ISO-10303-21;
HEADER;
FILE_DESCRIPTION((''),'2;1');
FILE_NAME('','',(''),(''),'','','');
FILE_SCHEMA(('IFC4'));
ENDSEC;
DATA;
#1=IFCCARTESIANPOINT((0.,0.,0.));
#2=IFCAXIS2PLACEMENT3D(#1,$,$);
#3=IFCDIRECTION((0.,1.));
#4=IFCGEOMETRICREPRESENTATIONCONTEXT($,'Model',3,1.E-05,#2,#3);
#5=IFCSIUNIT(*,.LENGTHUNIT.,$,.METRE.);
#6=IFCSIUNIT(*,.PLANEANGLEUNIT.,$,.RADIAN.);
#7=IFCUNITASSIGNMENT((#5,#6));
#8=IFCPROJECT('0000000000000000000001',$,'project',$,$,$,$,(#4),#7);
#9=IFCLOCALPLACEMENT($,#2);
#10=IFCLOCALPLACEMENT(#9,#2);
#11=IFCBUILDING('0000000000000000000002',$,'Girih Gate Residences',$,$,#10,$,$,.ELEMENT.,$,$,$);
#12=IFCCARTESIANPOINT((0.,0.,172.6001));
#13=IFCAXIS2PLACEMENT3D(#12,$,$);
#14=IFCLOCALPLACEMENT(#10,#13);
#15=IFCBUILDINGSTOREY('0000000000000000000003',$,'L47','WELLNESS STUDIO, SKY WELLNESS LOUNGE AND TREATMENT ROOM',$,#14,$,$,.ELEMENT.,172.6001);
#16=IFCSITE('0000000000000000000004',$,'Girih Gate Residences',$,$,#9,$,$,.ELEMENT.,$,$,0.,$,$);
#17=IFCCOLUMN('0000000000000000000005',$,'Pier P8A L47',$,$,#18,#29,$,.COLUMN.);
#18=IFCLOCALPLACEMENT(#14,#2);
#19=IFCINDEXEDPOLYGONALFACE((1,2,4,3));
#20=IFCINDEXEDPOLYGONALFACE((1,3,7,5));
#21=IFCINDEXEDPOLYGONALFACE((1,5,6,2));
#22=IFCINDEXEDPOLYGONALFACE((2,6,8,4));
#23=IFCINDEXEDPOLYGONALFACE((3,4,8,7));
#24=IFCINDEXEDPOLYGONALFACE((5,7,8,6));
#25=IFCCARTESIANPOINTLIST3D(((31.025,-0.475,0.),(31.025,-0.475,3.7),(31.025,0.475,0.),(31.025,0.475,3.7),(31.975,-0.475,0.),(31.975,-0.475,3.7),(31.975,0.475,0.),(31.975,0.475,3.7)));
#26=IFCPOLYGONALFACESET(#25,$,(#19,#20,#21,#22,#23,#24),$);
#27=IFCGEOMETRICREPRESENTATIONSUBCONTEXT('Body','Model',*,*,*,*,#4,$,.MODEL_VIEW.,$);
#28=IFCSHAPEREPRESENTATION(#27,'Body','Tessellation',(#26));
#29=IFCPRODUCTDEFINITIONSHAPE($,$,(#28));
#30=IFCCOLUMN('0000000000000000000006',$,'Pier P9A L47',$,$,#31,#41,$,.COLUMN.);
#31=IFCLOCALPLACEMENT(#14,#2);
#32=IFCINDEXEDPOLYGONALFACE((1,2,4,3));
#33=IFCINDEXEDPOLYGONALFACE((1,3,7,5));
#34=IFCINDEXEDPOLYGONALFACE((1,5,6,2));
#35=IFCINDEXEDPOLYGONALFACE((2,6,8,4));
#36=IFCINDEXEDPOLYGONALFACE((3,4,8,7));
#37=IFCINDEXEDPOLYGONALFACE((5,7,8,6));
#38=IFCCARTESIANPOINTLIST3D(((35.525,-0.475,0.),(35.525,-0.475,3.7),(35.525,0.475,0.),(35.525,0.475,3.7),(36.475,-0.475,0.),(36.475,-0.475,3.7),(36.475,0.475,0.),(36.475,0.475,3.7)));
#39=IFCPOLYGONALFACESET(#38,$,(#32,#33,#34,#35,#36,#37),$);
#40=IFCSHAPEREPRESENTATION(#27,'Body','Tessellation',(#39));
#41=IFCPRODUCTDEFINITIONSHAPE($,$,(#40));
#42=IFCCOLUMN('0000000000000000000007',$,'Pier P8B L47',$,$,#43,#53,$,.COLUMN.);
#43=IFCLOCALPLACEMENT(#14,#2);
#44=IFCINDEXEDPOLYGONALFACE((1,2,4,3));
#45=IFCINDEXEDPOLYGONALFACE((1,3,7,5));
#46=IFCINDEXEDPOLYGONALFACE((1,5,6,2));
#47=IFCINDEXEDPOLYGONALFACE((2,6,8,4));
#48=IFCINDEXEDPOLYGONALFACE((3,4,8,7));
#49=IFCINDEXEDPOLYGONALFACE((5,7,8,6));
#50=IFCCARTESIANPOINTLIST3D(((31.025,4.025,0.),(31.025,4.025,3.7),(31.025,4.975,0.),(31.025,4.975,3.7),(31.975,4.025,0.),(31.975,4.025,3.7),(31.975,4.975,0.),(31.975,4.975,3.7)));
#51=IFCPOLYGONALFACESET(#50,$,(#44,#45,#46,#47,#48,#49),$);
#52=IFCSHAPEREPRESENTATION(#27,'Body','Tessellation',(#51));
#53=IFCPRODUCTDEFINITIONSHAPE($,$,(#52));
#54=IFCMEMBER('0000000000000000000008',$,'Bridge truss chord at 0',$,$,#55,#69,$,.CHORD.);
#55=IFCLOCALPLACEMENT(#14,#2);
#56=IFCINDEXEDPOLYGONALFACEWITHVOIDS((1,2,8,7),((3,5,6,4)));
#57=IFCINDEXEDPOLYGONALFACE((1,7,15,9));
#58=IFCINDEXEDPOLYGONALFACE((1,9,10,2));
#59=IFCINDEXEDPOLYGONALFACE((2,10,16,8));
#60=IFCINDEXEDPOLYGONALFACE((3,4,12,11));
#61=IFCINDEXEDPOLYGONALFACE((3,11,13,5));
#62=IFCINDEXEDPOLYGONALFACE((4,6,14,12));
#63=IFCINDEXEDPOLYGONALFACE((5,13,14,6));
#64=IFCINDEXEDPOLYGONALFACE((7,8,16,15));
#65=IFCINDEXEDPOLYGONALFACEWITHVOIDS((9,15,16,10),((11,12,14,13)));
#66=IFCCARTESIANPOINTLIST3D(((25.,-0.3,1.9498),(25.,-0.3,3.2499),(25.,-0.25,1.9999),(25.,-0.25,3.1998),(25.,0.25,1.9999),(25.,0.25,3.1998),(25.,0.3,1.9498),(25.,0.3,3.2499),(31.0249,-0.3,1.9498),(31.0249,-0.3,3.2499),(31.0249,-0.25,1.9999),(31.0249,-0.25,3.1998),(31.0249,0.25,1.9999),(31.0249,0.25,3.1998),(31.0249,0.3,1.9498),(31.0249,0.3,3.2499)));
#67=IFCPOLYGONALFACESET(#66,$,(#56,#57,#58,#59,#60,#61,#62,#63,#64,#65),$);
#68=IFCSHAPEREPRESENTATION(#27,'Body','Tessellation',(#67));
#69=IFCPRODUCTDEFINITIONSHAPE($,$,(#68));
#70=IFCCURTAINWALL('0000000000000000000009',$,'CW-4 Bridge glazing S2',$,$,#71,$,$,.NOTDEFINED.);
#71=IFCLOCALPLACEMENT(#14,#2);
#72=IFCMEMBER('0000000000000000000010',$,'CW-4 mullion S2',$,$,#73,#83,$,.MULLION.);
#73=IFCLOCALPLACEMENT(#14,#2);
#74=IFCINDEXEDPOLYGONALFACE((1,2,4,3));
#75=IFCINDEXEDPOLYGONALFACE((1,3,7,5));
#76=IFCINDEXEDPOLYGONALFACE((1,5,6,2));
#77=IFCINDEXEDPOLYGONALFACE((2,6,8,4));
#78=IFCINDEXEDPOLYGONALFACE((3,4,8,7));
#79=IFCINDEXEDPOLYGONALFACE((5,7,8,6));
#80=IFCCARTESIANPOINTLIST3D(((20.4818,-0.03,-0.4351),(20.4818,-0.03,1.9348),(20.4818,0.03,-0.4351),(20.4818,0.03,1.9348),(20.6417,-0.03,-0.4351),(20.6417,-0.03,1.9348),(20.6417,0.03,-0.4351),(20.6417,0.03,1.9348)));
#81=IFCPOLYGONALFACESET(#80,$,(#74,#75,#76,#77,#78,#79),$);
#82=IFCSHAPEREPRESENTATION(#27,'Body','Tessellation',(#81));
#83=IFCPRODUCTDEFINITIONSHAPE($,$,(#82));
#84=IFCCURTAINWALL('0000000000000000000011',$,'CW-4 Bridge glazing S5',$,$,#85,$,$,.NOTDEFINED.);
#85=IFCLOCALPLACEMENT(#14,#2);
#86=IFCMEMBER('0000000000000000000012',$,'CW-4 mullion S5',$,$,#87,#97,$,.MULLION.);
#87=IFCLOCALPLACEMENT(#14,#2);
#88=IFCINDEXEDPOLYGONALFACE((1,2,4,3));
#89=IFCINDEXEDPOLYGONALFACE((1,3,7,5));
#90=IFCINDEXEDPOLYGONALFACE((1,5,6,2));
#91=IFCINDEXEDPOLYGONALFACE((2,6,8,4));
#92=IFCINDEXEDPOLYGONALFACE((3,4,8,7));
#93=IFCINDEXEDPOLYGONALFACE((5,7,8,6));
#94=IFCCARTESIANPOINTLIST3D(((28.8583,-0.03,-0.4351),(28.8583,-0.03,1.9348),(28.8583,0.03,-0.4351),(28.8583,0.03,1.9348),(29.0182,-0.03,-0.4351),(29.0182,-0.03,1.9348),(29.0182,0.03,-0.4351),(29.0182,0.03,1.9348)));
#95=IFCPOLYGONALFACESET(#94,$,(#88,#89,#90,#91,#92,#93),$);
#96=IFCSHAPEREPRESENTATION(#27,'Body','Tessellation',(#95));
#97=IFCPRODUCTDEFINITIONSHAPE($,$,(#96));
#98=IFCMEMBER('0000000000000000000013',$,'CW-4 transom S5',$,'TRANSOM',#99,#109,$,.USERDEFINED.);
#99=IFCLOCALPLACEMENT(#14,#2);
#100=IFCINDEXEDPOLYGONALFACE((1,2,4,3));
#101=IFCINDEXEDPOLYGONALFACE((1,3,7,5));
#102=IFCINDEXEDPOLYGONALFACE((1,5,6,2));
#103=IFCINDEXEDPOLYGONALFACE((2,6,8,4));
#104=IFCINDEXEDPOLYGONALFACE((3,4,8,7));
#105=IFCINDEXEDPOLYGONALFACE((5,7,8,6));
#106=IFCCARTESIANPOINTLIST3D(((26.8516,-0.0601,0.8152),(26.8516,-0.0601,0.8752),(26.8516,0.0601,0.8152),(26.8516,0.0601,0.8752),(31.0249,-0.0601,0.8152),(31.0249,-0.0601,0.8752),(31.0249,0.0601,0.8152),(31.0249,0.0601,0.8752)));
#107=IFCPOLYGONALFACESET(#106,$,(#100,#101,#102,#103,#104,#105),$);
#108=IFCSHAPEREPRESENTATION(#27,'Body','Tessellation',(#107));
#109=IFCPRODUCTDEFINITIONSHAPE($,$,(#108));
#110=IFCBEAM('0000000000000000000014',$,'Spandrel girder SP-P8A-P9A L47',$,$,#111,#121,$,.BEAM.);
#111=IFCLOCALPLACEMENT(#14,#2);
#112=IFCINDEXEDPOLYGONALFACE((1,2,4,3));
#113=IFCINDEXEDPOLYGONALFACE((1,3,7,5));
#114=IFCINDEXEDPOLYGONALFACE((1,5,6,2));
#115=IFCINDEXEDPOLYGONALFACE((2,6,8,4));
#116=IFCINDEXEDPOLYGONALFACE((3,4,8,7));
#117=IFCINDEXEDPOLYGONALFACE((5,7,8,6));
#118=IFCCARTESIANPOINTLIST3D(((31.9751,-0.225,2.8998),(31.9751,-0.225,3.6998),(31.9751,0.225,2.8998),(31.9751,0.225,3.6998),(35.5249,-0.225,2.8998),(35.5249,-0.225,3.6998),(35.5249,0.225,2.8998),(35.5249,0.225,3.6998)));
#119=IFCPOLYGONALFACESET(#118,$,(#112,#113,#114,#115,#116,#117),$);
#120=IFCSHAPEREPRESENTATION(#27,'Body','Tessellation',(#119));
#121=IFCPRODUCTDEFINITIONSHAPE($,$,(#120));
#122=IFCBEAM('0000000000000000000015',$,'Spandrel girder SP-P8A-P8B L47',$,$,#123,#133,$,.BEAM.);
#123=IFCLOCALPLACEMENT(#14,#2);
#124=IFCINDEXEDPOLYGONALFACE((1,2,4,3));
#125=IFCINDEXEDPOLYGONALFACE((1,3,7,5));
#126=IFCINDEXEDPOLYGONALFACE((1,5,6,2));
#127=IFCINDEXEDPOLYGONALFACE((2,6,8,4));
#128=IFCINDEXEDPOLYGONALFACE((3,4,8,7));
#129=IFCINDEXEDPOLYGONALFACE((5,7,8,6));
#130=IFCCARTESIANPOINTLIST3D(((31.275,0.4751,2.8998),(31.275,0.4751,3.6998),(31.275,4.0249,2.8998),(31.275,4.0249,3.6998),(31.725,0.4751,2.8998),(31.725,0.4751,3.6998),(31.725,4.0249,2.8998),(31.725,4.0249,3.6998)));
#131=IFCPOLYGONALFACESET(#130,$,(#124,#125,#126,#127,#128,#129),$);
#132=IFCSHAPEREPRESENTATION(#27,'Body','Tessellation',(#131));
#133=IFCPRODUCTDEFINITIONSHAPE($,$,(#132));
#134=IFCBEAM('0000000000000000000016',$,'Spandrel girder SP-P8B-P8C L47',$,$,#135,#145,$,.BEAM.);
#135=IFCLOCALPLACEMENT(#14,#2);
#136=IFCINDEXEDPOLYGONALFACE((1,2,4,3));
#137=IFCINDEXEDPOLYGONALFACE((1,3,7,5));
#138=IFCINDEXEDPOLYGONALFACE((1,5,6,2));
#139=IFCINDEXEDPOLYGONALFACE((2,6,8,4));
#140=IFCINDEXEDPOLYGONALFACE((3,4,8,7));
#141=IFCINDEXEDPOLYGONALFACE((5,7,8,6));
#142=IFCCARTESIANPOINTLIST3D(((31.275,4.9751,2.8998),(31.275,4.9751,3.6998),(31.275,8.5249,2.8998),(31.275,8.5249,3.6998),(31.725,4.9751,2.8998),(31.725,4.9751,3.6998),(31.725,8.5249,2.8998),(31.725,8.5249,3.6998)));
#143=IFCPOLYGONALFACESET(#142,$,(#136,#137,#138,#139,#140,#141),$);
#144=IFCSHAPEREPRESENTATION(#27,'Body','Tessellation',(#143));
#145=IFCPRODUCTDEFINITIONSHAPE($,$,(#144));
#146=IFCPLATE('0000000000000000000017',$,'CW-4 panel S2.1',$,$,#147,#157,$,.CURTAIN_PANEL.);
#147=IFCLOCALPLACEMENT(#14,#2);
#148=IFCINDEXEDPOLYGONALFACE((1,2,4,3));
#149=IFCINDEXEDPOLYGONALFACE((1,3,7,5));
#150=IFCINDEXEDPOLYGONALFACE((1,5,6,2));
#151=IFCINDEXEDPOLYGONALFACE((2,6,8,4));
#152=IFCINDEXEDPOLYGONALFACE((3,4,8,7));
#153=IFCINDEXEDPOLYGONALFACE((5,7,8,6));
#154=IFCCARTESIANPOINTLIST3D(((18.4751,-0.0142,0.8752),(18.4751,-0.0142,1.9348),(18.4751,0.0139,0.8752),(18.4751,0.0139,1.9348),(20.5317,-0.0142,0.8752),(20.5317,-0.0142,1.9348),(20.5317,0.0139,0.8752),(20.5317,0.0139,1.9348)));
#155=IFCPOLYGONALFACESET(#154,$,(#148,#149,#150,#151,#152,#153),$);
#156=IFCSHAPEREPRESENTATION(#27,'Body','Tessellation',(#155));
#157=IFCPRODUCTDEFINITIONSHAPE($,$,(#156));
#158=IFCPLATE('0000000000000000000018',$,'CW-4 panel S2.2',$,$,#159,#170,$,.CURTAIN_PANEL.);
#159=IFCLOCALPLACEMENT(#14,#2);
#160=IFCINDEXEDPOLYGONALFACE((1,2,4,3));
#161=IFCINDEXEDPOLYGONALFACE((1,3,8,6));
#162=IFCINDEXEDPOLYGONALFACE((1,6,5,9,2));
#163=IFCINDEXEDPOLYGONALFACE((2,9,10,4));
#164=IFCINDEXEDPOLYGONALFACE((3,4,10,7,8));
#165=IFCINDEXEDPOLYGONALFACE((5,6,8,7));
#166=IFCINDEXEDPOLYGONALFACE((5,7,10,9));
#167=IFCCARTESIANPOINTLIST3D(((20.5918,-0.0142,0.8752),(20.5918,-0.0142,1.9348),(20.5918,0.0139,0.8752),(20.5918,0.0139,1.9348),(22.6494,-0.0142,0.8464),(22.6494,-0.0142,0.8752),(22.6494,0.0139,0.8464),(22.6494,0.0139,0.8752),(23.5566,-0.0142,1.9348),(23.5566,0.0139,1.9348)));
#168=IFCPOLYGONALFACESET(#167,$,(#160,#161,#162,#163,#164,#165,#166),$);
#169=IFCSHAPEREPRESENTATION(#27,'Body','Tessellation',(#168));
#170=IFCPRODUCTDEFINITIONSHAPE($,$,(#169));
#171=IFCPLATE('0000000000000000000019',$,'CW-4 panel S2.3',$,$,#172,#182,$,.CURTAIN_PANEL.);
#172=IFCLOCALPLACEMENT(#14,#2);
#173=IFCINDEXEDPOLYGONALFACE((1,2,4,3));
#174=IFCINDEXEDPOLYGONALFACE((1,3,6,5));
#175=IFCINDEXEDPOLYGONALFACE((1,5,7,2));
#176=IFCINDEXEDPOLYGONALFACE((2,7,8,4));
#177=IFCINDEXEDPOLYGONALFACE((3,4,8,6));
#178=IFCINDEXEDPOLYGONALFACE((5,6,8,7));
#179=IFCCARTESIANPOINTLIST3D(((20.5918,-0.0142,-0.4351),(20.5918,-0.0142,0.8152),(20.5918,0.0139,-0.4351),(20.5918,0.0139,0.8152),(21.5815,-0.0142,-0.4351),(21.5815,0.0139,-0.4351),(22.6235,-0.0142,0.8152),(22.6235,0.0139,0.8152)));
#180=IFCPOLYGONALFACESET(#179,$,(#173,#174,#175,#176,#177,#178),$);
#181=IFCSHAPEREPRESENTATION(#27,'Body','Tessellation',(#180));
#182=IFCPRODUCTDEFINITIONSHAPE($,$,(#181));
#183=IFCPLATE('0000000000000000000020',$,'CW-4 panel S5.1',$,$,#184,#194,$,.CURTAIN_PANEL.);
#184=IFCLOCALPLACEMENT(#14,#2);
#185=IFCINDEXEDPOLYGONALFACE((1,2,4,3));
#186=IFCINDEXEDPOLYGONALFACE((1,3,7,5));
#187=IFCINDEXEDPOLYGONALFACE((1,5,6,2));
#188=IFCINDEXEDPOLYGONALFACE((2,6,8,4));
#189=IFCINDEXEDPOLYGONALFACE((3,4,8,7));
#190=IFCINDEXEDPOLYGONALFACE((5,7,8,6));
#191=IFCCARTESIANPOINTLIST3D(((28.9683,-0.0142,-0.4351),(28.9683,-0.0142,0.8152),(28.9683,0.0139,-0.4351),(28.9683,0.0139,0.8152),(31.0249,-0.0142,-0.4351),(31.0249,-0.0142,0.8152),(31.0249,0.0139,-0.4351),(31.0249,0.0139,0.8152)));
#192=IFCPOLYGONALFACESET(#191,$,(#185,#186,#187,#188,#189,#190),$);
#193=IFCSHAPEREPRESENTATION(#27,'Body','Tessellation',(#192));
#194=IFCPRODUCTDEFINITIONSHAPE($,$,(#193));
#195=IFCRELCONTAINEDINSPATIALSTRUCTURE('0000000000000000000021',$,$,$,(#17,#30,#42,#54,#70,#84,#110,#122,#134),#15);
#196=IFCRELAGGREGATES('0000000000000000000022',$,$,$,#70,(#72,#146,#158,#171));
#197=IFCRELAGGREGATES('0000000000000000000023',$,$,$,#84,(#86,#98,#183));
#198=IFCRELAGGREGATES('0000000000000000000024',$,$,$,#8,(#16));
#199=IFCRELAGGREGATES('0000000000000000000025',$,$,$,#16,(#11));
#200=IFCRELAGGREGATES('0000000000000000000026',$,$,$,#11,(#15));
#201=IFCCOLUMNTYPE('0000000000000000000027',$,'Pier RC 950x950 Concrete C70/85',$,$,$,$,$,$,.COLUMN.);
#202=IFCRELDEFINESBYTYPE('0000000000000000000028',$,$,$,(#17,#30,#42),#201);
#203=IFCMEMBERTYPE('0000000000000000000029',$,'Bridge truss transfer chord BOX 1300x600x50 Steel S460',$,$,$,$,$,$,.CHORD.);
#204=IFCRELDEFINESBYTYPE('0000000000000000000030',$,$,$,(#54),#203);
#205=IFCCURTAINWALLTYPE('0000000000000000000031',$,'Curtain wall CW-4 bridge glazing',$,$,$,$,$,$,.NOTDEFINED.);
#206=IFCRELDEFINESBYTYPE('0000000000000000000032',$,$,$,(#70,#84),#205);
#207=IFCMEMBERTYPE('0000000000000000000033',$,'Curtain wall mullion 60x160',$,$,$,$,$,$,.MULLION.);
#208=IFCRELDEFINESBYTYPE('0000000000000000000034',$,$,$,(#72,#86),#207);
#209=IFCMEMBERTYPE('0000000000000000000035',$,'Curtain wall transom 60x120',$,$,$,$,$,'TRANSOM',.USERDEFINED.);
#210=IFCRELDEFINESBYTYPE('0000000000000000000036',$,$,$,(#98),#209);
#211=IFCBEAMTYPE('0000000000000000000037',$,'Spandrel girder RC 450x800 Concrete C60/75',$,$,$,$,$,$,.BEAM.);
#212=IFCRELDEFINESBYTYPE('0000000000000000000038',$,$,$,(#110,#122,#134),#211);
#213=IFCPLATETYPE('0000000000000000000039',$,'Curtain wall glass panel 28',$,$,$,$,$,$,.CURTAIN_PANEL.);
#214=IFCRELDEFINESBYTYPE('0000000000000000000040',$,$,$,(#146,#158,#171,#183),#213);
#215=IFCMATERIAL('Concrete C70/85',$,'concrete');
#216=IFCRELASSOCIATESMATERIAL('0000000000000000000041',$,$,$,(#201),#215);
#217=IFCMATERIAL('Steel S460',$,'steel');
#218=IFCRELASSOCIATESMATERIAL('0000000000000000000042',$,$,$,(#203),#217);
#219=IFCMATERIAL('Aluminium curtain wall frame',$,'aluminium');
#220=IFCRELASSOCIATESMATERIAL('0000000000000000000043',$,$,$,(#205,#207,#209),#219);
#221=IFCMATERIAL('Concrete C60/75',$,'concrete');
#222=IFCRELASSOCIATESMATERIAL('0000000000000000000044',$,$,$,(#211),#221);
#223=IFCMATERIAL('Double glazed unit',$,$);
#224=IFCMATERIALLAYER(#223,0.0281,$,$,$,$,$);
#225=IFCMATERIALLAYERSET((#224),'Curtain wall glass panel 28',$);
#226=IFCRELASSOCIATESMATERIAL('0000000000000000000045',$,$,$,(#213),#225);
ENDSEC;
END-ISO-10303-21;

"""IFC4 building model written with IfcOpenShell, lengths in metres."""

from ifc_helpers import new_model, si_unit, direction, frame, origin, origin_2d, place, context, subcontext, project, spatial, polyline, rectangle, hollow_rectangle, outline, extrude, material, layer, layer_set, material_profile, profile_set, type_object, element, aggregate, save


model = new_model("IFC4")

# Units and contexts
model_context = context("Model", 3, precision=1e-05, world=origin(), true_north=direction((0.0, 1.0)))
body_context = subcontext(model_context, "Body", "Model", "MODEL_VIEW")
ifc_project = project(units=[si_unit("LENGTHUNIT", "METRE"), si_unit("PLANEANGLEUNIT", "RADIAN")], contexts=[model_context])

# Site, building, storey
site_placement = place(None, origin())
site = spatial("IfcSite", under=ifc_project, at=site_placement, Name="Girih Gate Residences", CompositionType="ELEMENT", RefElevation=0.0)
building_placement = place(site_placement, origin())
building = spatial("IfcBuilding", under=site, at=building_placement, Name="Girih Gate Residences", CompositionType="ELEMENT")
storey_placement = place(building_placement, frame((0.0, 0.0, 172.6001)))
storey = spatial("IfcBuildingStorey", under=building, at=storey_placement, Name="L47", Description="WELLNESS STUDIO, SKY WELLNESS LOUNGE AND TREATMENT ROOM", CompositionType="ELEMENT", Elevation=172.6001)

# Columns
ifc_material_1 = material(Name="Concrete C70/85", Category="concrete")
ifc_material_profile_1 = material_profile(ifc_material_1, rectangle(XDim=0.95, YDim=0.95, at=origin_2d()))
ifc_profile_set_1 = profile_set([ifc_material_profile_1], Name="Concrete C70/85")
column_type = type_object("IfcColumnType", Name="Pier RC 950x950 Concrete C70/85", PredefinedType="COLUMN", material=ifc_profile_set_1)
for number, where, z_axis, x_axis, name in (
    (1, (31.5, 0.0, 0.0), (0.0, 0.0, 1.0), (1.0, 0.0, 0.0), "Pier P8A L47"),
    (2, (36.0, 0.0, 0.0), (0.0, 0.0, 1.0), (1.0, 0.0, 0.0), "Pier P9A L47"),
    (3, (31.5, 4.5, 0.0), (0.0, 0.0, 1.0), (1.0, 0.0, 0.0), "Pier P8B L47"),
):
    element("IfcColumn", number, at=place(storey_placement, frame(where, z_axis=z_axis, x_axis=x_axis)), inside=storey, type_object=column_type, Name=name, PredefinedType="COLUMN", context=body_context, shape_type="SweptSolid", body=[
        extrude(rectangle(XDim=0.95, YDim=0.95, at=origin_2d()), origin(), (0.0, 0.0, 1.0), 3.7),
    ])

# Member
ifc_material_2 = material(Name="Steel S460", Category="steel")
ifc_material_profile_2 = material_profile(ifc_material_2, hollow_rectangle(XDim=0.6001, YDim=1.3, WallThickness=0.05, at=origin_2d()))
ifc_profile_set_2 = profile_set([ifc_material_profile_2], Name="Steel S460")
member_type_1 = type_object("IfcMemberType", Name="Bridge truss transfer chord BOX 1300x600x50 Steel S460", PredefinedType="CHORD", material=ifc_profile_set_2)
member_1_placement = place(storey_placement, frame((25.0, 0.0, 2.5999), z_axis=(1.0, 0.0, 0.0), x_axis=(0.0, 1.0, 0.0)))
element("IfcMember", 4, at=member_1_placement, inside=storey, type_object=member_type_1, Name="Bridge truss chord at 0", PredefinedType="CHORD", context=body_context, shape_type="SweptSolid", body=[
    extrude(hollow_rectangle(XDim=0.6001, YDim=1.3, WallThickness=0.05, at=origin_2d()), origin(), (0.0, 0.0, 1.0), 6.0249),
])

# Curtain wall, member
ifc_material_3 = material(Name="Aluminium curtain wall frame", Category="aluminium")
curtain_wall_type = type_object("IfcCurtainWallType", Name="Curtain wall CW-4 bridge glazing", PredefinedType="NOTDEFINED", material=ifc_material_3)
curtain_wall_1_placement = place(storey_placement, origin())
curtain_wall_1 = element("IfcCurtainWall", 5, at=curtain_wall_1_placement, inside=storey, type_object=curtain_wall_type, Name="CW-4 Bridge glazing S2", PredefinedType="NOTDEFINED")
ifc_material_profile_3 = material_profile(ifc_material_3, rectangle(XDim=0.0601, YDim=0.1599, at=origin_2d()))
ifc_profile_set_3 = profile_set([ifc_material_profile_3], Name="Aluminium curtain wall frame")
member_type_2 = type_object("IfcMemberType", Name="Curtain wall mullion 60x160", PredefinedType="MULLION", material=ifc_profile_set_3)
member_2_placement = place(storey_placement, frame((20.5618, 0.0, -0.4351), z_axis=(0.0, 0.0, 1.0), x_axis=(0.0, 1.0, 0.0)))
member_2 = element("IfcMember", 6, at=member_2_placement, type_object=member_type_2, Name="CW-4 mullion S2", PredefinedType="MULLION", context=body_context, shape_type="SweptSolid", body=[
    extrude(rectangle(XDim=0.0601, YDim=0.1599, at=origin_2d()), origin(), (0.0, 0.0, 1.0), 2.3699),
])

# Curtain wall, members
curtain_wall_2_placement = place(storey_placement, origin())
curtain_wall_2 = element("IfcCurtainWall", 7, at=curtain_wall_2_placement, inside=storey, type_object=curtain_wall_type, Name="CW-4 Bridge glazing S5", PredefinedType="NOTDEFINED")
member_3_placement = place(storey_placement, frame((28.9382, 0.0, -0.4351), z_axis=(0.0, 0.0, 1.0), x_axis=(0.0, 1.0, 0.0)))
member_3 = element("IfcMember", 8, at=member_3_placement, type_object=member_type_2, Name="CW-4 mullion S5", PredefinedType="MULLION", context=body_context, shape_type="SweptSolid", body=[
    extrude(rectangle(XDim=0.0601, YDim=0.1599, at=origin_2d()), origin(), (0.0, 0.0, 1.0), 2.3699),
])
ifc_material_profile_4 = material_profile(ifc_material_3, rectangle(XDim=0.1201, YDim=0.0601, at=origin_2d()))
ifc_profile_set_4 = profile_set([ifc_material_profile_4], Name="Aluminium curtain wall frame")
member_type_3 = type_object("IfcMemberType", Name="Curtain wall transom 60x120", ElementType="TRANSOM", PredefinedType="USERDEFINED", material=ifc_profile_set_4)
member_4_placement = place(storey_placement, frame((26.8516, 0.0, 0.8452), z_axis=(1.0, 0.0, 0.0), x_axis=(0.0, 1.0, 0.0)))
member_4 = element("IfcMember", 9, at=member_4_placement, type_object=member_type_3, Name="CW-4 transom S5", ObjectType="TRANSOM", PredefinedType="USERDEFINED", context=body_context, shape_type="SweptSolid", body=[
    extrude(rectangle(XDim=0.1201, YDim=0.0601, at=origin_2d()), origin(), (0.0, 0.0, 1.0), 4.1733),
])

# Beams
ifc_material_4 = material(Name="Concrete C60/75", Category="concrete")
ifc_material_profile_5 = material_profile(ifc_material_4, rectangle(XDim=0.45, YDim=0.8, at=origin_2d()))
ifc_profile_set_5 = profile_set([ifc_material_profile_5], Name="Concrete C60/75")
beam_type = type_object("IfcBeamType", Name="Spandrel girder RC 450x800 Concrete C60/75", PredefinedType="BEAM", material=ifc_profile_set_5)
for number, where, z_axis, x_axis, name in (
    (10, (31.9751, 0.0, 3.2998), (1.0, 0.0, 0.0), (0.0, 1.0, 0.0), "Spandrel girder SP-P8A-P9A L47"),
    (11, (31.5, 0.4751, 3.2998), (0.0, 1.0, 0.0), (-1.0, 0.0, 0.0), "Spandrel girder SP-P8A-P8B L47"),
    (12, (31.5, 4.9751, 3.2998), (0.0, 1.0, 0.0), (-1.0, 0.0, 0.0), "Spandrel girder SP-P8B-P8C L47"),
):
    element("IfcBeam", number, at=place(storey_placement, frame(where, z_axis=z_axis, x_axis=x_axis)), inside=storey, type_object=beam_type, Name=name, PredefinedType="BEAM", context=body_context, shape_type="SweptSolid", body=[
        extrude(rectangle(XDim=0.45, YDim=0.8, at=origin_2d()), origin(), (0.0, 0.0, 1.0), 3.5498),
    ])

# Plates
ifc_material_5 = material(Name="Double glazed unit")
ifc_layer_1 = layer(ifc_material_5, 0.0281)
ifc_layer_set_1 = layer_set([ifc_layer_1], Name="Curtain wall glass panel 28")
plate_type = type_object("IfcPlateType", Name="Curtain wall glass panel 28", PredefinedType="CURTAIN_PANEL", material=ifc_layer_set_1)
plate_1_placement = place(storey_placement, frame((20.5317, 0.0139, 1.9348), z_axis=(0.0, 1.0, 0.0), x_axis=(0.0, 0.0, -1.0)))
plate_1 = element("IfcPlate", 13, at=plate_1_placement, type_object=plate_type, Name="CW-4 panel S2.1", PredefinedType="CURTAIN_PANEL", context=body_context, shape_type="SweptSolid", body=[
    extrude(outline(polyline([(0.0, 0.0), (1.0596, 0.0), (1.0596, 2.0566), (0.0, 2.0566), (0.0, 0.0)])), origin(), (0.0, 0.0, -1.0), 0.0281),
])
plate_2_placement = place(storey_placement, frame((23.5566, 0.0139, 1.9348), z_axis=(0.0, 1.0, 0.0), x_axis=(-0.640286, 0.0, -0.768137)))
plate_2 = element("IfcPlate", 14, at=plate_2_placement, type_object=plate_type, Name="CW-4 panel S2.2", PredefinedType="CURTAIN_PANEL", context=body_context, shape_type="SweptSolid", body=[
    extrude(outline(polyline([(0.0, 0.0), (1.4169, 0.0), (1.3948, 0.0184), (2.7122, 1.599), (1.8983, 2.2774), (0.0, 0.0)])), origin(), (0.0, 0.0, -1.0), 0.0281),
])
plate_3_placement = place(storey_placement, frame((21.5815, 0.0139, -0.4351), z_axis=(0.0, 1.0, 0.0), x_axis=(-1.0, 0.0, 0.0)))
plate_3 = element("IfcPlate", 15, at=plate_3_placement, type_object=plate_type, Name="CW-4 panel S2.3", PredefinedType="CURTAIN_PANEL", context=body_context, shape_type="SweptSolid", body=[
    extrude(outline(polyline([(0.0, 0.0), (0.9897, 0.0), (0.9897, 1.2502), (-1.042, 1.2502), (0.0, 0.0)])), origin(), (0.0, 0.0, -1.0), 0.0281),
])
aggregate(curtain_wall_1, [member_2, plate_1, plate_2, plate_3])
plate_4_placement = place(storey_placement, frame((28.9683, 0.0139, -0.4351), z_axis=(0.0, 1.0, 0.0), x_axis=(0.0, 0.0, 1.0)))
plate_4 = element("IfcPlate", 16, at=plate_4_placement, type_object=plate_type, Name="CW-4 panel S5.1", PredefinedType="CURTAIN_PANEL", context=body_context, shape_type="SweptSolid", body=[
    extrude(outline(polyline([(0.0, 0.0), (1.2502, 0.0), (1.2502, 2.0566), (0.0, 2.0566), (0.0, 0.0)])), origin(), (0.0, 0.0, -1.0), 0.0281),
])
aggregate(curtain_wall_2, [member_3, member_4, plate_4])

save(model, "model.ifc")
